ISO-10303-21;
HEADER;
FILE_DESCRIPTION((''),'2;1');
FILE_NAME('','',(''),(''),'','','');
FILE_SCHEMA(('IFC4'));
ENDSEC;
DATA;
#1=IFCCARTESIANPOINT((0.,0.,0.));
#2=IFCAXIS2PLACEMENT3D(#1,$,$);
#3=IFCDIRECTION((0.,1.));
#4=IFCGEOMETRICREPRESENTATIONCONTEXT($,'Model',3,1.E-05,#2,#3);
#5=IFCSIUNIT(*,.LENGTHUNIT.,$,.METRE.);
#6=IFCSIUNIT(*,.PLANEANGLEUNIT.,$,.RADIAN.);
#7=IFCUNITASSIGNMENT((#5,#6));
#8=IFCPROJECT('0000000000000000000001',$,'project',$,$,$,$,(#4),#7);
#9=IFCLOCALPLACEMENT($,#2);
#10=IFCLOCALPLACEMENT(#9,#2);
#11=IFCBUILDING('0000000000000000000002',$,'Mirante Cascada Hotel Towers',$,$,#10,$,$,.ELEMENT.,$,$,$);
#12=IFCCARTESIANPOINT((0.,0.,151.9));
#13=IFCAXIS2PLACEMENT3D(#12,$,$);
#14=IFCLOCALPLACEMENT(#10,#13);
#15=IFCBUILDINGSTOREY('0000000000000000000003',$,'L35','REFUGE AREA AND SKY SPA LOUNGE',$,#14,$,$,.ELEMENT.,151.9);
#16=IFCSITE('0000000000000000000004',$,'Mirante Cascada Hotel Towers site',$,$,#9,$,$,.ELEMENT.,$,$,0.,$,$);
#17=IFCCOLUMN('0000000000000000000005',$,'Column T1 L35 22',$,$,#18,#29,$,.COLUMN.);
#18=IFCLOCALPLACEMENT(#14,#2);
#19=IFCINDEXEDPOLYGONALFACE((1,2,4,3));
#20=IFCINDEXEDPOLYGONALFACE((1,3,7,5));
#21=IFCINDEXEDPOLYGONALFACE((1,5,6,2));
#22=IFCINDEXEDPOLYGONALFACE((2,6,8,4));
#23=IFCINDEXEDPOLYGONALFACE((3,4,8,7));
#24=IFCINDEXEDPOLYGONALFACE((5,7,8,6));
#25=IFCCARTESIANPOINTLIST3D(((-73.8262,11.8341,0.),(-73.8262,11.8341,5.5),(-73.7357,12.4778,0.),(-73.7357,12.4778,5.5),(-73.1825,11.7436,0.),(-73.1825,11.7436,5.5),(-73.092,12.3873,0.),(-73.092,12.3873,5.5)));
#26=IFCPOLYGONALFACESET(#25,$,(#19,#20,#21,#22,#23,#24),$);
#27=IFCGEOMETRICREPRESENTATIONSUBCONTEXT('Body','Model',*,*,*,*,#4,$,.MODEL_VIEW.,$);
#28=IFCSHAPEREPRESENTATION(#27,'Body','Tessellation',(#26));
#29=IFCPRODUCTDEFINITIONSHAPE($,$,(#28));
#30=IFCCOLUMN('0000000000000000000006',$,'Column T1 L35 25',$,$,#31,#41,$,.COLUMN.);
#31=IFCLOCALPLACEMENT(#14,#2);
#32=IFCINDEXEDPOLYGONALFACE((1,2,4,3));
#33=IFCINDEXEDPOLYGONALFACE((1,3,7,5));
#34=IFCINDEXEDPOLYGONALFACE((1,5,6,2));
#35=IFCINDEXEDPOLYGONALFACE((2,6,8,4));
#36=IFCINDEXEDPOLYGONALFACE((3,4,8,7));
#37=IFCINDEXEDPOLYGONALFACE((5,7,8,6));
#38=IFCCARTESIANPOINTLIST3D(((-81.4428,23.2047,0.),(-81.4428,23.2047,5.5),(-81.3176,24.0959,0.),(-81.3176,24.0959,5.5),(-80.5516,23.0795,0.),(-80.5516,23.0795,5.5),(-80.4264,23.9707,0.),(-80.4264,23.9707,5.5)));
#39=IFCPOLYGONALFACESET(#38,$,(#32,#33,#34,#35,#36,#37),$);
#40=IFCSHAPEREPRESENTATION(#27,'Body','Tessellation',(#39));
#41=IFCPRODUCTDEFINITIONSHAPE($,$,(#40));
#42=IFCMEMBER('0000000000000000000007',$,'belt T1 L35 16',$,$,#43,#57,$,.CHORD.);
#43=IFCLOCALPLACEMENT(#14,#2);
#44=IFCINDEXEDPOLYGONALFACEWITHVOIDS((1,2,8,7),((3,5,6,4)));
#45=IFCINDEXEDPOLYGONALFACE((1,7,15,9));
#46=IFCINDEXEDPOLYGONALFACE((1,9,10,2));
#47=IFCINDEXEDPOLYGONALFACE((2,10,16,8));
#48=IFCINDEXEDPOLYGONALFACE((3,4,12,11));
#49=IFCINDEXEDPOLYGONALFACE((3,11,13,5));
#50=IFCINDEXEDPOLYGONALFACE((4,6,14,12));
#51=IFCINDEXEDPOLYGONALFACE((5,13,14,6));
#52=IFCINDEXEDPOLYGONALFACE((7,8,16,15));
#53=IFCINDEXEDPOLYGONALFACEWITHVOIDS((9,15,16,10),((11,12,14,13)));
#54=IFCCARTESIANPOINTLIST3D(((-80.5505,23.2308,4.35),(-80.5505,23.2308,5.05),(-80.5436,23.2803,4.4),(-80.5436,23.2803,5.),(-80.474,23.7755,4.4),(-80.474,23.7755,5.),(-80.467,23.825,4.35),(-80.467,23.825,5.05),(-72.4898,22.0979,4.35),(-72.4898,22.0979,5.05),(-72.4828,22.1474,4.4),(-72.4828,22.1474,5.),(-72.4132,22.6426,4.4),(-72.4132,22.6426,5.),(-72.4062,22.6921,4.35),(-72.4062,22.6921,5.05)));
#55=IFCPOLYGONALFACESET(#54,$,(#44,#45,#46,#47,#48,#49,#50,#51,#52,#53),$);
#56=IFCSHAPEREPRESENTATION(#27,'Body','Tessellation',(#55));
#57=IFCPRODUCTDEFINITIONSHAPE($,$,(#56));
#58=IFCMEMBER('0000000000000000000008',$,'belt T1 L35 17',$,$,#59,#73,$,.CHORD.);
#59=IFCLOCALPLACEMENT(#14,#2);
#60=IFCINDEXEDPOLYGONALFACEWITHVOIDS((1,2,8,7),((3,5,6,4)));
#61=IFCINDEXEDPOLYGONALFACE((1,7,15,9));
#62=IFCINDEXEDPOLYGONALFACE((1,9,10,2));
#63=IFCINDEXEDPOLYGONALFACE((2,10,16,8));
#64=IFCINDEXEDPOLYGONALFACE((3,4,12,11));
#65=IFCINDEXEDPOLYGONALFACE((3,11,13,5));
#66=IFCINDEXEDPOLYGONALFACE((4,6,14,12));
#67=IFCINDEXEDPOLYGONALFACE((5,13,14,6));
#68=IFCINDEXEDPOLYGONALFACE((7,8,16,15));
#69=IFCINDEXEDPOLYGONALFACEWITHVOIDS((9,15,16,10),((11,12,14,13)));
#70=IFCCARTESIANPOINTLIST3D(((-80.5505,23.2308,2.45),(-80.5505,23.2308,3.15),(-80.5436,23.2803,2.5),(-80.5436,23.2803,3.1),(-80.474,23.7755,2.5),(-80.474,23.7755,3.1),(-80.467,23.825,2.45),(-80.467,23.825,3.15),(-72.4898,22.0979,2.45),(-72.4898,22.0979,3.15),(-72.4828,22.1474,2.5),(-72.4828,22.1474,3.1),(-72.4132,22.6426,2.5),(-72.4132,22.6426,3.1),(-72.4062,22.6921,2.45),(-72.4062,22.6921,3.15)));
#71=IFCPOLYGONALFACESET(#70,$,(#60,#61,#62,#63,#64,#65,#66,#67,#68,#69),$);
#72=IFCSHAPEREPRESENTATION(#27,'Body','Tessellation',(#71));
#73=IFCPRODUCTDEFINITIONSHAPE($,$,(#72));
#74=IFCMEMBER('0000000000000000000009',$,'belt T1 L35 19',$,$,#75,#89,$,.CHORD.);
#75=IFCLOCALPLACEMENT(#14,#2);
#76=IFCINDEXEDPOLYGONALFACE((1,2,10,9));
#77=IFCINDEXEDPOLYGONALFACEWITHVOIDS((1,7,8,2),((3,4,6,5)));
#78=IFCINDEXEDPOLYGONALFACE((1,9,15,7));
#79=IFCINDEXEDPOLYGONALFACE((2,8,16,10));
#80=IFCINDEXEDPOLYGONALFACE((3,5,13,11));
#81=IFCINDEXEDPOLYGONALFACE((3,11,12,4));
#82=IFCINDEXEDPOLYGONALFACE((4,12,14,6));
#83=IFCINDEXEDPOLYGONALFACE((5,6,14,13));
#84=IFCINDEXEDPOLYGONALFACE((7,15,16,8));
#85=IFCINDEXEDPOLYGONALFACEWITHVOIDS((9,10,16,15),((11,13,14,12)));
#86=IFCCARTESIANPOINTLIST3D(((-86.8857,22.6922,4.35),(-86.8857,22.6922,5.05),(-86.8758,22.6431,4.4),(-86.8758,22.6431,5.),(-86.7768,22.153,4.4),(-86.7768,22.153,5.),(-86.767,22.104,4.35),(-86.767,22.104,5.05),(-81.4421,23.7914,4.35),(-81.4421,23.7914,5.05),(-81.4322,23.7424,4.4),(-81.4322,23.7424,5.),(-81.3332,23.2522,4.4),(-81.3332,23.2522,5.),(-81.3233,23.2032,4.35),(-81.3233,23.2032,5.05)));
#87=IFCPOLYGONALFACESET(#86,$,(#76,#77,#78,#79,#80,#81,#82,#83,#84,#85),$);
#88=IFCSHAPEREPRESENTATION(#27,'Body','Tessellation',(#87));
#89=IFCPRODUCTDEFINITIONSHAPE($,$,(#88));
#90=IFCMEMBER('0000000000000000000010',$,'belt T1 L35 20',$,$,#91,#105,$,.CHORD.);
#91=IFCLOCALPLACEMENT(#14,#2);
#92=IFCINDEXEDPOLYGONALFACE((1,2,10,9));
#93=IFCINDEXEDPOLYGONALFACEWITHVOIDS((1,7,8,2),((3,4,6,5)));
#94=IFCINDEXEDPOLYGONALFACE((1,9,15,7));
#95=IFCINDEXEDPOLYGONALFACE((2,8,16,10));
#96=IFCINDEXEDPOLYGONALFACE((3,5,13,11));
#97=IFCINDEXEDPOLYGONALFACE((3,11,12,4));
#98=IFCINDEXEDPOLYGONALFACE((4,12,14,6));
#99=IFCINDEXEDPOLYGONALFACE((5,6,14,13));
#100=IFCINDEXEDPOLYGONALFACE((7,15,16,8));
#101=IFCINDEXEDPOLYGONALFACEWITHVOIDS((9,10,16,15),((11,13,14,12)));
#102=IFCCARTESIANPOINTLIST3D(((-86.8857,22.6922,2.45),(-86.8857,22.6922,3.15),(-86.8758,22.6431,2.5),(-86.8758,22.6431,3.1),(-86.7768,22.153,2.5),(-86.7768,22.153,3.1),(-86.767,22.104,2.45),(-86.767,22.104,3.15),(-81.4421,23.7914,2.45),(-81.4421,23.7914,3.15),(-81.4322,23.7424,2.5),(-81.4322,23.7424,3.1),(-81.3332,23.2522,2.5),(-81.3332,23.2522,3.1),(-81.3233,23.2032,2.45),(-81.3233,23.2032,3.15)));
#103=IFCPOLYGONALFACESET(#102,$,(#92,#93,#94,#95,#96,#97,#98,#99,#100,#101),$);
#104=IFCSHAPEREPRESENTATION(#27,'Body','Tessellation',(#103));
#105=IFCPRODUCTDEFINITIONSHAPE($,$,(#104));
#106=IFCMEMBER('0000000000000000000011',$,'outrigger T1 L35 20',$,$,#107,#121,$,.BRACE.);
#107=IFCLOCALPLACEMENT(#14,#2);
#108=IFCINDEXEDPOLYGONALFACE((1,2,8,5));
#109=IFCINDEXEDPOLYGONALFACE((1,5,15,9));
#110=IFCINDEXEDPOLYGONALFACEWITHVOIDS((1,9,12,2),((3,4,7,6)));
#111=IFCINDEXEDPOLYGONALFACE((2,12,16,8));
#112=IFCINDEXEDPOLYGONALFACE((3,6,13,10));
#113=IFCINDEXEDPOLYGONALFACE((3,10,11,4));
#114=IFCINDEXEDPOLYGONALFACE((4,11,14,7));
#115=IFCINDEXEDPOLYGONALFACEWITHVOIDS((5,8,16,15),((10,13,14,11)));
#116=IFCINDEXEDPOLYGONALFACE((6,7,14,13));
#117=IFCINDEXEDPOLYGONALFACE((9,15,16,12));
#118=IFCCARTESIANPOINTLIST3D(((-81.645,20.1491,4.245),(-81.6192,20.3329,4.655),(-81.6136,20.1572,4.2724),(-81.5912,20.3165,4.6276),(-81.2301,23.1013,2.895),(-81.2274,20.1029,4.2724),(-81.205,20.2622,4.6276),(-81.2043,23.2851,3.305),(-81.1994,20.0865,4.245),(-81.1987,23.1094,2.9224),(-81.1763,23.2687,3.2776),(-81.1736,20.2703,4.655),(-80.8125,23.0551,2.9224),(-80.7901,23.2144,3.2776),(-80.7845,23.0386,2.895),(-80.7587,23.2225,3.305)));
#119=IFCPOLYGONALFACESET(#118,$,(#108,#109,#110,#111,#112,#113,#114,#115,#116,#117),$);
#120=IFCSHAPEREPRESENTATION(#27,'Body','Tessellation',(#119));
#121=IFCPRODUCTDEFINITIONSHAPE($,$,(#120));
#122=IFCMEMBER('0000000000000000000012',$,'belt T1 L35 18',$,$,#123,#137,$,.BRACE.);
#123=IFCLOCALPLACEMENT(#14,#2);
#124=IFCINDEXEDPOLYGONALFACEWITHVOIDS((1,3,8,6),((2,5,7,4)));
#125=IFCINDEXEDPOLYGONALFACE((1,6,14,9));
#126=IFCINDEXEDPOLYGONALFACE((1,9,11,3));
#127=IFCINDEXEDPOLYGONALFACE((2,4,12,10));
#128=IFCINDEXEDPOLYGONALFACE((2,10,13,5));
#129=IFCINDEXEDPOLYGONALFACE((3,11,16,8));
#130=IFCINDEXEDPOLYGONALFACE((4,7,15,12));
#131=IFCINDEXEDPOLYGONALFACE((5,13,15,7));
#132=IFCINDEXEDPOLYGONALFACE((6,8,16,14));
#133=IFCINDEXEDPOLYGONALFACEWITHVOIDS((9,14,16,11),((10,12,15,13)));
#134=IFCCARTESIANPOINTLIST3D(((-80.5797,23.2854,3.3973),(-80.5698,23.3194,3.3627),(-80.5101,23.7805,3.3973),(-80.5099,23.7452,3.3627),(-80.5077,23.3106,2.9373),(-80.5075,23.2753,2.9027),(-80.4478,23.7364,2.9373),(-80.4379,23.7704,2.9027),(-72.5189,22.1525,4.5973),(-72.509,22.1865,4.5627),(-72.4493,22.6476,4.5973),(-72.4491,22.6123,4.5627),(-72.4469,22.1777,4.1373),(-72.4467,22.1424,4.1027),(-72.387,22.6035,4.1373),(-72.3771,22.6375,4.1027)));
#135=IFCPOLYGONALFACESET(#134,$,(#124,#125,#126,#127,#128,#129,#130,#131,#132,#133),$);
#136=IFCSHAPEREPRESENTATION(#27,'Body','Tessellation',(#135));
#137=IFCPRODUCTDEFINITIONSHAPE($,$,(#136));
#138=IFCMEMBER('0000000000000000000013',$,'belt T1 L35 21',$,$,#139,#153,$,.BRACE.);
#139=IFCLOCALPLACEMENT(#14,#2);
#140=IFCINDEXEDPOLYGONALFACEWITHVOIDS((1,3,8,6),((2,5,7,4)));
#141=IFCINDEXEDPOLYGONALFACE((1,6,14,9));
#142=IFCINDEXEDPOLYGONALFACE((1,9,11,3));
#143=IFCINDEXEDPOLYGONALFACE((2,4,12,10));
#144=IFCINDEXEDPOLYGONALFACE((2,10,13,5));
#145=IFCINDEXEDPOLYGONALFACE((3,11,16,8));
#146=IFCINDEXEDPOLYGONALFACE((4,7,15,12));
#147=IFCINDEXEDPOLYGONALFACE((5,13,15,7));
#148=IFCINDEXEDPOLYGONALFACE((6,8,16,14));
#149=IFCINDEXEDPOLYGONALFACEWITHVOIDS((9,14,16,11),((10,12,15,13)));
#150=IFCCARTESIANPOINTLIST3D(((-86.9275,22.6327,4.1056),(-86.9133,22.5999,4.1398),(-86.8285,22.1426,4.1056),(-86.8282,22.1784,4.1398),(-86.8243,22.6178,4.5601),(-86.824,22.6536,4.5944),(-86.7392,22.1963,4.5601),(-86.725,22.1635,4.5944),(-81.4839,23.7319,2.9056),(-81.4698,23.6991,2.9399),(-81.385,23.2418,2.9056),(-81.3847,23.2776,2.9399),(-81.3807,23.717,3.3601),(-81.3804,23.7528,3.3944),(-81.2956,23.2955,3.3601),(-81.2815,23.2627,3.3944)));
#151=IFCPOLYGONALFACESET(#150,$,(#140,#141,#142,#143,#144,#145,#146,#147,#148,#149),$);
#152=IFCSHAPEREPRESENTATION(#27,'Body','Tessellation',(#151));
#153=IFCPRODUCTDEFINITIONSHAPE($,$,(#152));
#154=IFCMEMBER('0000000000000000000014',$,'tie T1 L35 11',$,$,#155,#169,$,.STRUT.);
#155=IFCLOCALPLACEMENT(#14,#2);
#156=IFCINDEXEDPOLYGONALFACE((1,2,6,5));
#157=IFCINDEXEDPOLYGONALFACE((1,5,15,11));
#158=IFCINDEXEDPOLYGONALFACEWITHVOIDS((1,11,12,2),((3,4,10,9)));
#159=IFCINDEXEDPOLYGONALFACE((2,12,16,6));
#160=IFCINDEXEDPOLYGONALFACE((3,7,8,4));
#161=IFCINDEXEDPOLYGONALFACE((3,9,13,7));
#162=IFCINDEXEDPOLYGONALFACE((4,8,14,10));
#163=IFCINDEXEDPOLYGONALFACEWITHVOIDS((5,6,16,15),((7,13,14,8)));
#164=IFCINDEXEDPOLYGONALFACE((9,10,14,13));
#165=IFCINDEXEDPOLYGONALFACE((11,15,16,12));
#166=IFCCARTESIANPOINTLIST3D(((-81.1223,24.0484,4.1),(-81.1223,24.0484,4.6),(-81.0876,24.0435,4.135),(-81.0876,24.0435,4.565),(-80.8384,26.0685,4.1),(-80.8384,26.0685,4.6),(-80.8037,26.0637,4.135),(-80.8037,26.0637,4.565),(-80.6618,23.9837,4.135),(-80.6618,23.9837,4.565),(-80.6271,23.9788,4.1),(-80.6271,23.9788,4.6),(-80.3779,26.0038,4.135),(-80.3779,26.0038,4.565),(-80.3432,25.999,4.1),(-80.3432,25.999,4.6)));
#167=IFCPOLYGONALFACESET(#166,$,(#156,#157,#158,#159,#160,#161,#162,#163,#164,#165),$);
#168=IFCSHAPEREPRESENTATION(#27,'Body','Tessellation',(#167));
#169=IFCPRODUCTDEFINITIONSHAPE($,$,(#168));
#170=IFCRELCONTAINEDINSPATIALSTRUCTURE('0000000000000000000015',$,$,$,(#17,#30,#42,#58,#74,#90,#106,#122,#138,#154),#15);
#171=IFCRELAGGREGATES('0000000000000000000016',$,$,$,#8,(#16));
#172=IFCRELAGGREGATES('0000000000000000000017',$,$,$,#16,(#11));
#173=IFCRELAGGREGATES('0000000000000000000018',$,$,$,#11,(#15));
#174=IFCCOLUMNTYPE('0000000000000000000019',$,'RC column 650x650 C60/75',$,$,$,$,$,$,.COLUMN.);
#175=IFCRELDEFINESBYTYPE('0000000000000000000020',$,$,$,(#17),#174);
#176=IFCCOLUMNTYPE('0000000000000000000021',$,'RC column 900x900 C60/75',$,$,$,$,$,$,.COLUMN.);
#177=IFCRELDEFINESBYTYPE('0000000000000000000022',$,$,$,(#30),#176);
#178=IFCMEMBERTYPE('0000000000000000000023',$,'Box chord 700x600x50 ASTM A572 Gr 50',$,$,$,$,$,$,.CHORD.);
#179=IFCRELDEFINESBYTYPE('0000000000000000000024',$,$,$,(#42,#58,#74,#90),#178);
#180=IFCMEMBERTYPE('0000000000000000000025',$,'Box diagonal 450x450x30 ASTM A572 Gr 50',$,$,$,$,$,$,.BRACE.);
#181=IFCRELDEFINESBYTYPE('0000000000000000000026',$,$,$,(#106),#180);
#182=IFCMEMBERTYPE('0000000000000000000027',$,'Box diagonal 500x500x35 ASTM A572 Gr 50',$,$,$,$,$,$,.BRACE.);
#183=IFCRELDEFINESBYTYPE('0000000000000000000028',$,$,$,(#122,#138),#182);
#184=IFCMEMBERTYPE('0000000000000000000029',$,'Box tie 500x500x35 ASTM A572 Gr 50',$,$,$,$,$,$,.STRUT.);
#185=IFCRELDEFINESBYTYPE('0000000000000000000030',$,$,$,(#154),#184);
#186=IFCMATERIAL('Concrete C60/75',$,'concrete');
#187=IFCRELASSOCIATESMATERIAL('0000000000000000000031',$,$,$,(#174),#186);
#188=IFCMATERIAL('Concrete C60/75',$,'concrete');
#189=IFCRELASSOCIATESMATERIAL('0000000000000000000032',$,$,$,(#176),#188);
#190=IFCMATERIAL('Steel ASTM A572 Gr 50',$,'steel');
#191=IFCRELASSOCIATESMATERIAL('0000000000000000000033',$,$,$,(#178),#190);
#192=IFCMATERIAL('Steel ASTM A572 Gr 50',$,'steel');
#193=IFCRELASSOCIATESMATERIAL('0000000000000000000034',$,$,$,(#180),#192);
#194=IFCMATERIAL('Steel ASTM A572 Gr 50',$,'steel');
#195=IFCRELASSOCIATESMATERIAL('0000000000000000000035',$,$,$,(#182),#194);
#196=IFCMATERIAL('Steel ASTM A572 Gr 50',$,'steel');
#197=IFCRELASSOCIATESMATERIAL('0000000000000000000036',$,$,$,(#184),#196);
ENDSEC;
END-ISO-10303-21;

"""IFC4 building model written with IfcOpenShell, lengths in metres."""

from ifc_helpers import new_model, si_unit, direction, frame, origin, origin_2d, place, context, subcontext, project, spatial, rectangle, hollow_rectangle, extrude, material, material_profile, profile_set, type_object, element, save


model = new_model("IFC4")

# Units and contexts
model_context = context("Model", 3, precision=1e-05, world=origin(), true_north=direction((0.0, 1.0)))
body_context = subcontext(model_context, "Body", "Model", "MODEL_VIEW")
ifc_project = project(units=[si_unit("LENGTHUNIT", "METRE"), si_unit("PLANEANGLEUNIT", "RADIAN")], contexts=[model_context])

# Site, building, storey
site_placement = place(None, origin())
site = spatial("IfcSite", under=ifc_project, at=site_placement, Name="Mirante Cascada Hotel Towers site", CompositionType="ELEMENT", RefElevation=0.0)
building_placement = place(site_placement, origin())
building = spatial("IfcBuilding", under=site, at=building_placement, Name="Mirante Cascada Hotel Towers", CompositionType="ELEMENT")
storey_placement = place(building_placement, frame((0.0, 0.0, 151.9)))
storey = spatial("IfcBuildingStorey", under=building, at=storey_placement, Name="L35", Description="REFUGE AREA AND SKY SPA LOUNGE", CompositionType="ELEMENT", Elevation=151.9)

# Columns
ifc_material_1 = material(Name="Concrete C60/75", Category="concrete")
ifc_material_profile_1 = material_profile(ifc_material_1, rectangle(XDim=0.65, YDim=0.65, at=origin_2d()), Name="RC column 650x650 C60/75")
ifc_profile_set_1 = profile_set([ifc_material_profile_1], Name="Concrete C60/75")
column_type_1 = type_object("IfcColumnType", Name="RC column 650x650 C60/75", PredefinedType="COLUMN", material=ifc_profile_set_1)
column_1_placement = place(storey_placement, frame((-73.4591, 12.1107, 0.0), z_axis=(0.0, 0.0, 1.0), x_axis=(-0.990268, 0.139173, 0.0)))
element("IfcColumn", 1, at=column_1_placement, inside=storey, type_object=column_type_1, Name="Column T1 L35 22", PredefinedType="COLUMN", context=body_context, shape_type="SweptSolid", body=[
    extrude(rectangle(XDim=0.65, YDim=0.65, at=origin_2d()), origin(), (0.0, 0.0, 1.0), 5.5),
])
ifc_material_2 = material(Name="Concrete C60/75", Category="concrete")
ifc_material_profile_2 = material_profile(ifc_material_2, rectangle(XDim=0.9, YDim=0.9, at=origin_2d()), Name="RC column 900x900 C60/75")
ifc_profile_set_2 = profile_set([ifc_material_profile_2], Name="Concrete C60/75")
column_type_2 = type_object("IfcColumnType", Name="RC column 900x900 C60/75", PredefinedType="COLUMN", material=ifc_profile_set_2)
column_2_placement = place(storey_placement, frame((-80.9346, 23.5877, 0.0), z_axis=(0.0, 0.0, 1.0), x_axis=(-0.990268, 0.139173, 0.0)))
element("IfcColumn", 2, at=column_2_placement, inside=storey, type_object=column_type_2, Name="Column T1 L35 25", PredefinedType="COLUMN", context=body_context, shape_type="SweptSolid", body=[
    extrude(rectangle(XDim=0.9, YDim=0.9, at=origin_2d()), origin(), (0.0, 0.0, 1.0), 5.5),
])

# Members
ifc_material_3 = material(Name="Steel ASTM A572 Gr 50", Category="steel")
ifc_material_profile_3 = material_profile(ifc_material_3, hollow_rectangle(XDim=0.6, YDim=0.7, WallThickness=0.05, at=origin_2d()), Name="Box chord 700x600x50 ASTM A572 Gr 50")
ifc_profile_set_3 = profile_set([ifc_material_profile_3], Name="Steel ASTM A572 Gr 50")
member_type_1 = type_object("IfcMemberType", Name="Box chord 700x600x50 ASTM A572 Gr 50", PredefinedType="CHORD", material=ifc_profile_set_3)
for number, where, z_axis, x_axis, name in (
    (3, (-72.448, 22.395, 4.7), (-0.990268, 0.139177, 0.0), (-0.139177, -0.990268, 0.0), "belt T1 L35 16"),
    (4, (-72.448, 22.395, 2.8), (-0.990268, 0.139177, 0.0), (-0.139177, -0.990268, 0.0), "belt T1 L35 17"),
):
    element("IfcMember", number, at=place(storey_placement, frame(where, z_axis=z_axis, x_axis=x_axis)), inside=storey, type_object=member_type_1, Name=name, PredefinedType="CHORD", context=body_context, shape_type="SweptSolid", body=[
        extrude(hollow_rectangle(XDim=0.6, YDim=0.7, WallThickness=0.05, at=origin_2d()), origin(), (0.0, 0.0, 1.0), 8.14),
    ])
for number, where, z_axis, x_axis, name in (
    (5, (-81.3827, 23.4973, 4.7), (-0.980216, -0.19793, 0.0), (0.19793, -0.980216, 0.0), "belt T1 L35 19"),
    (6, (-81.3827, 23.4973, 2.8), (-0.980216, -0.19793, 0.0), (0.19793, -0.980216, 0.0), "belt T1 L35 20"),
):
    element("IfcMember", number, at=place(storey_placement, frame(where, z_axis=z_axis, x_axis=x_axis)), inside=storey, type_object=member_type_1, Name=name, PredefinedType="CHORD", context=body_context, shape_type="SweptSolid", body=[
        extrude(hollow_rectangle(XDim=0.6, YDim=0.7, WallThickness=0.05, at=origin_2d()), origin(), (0.0, 0.0, 1.0), 5.5535),
    ])
ifc_material_4 = material(Name="Steel ASTM A572 Gr 50", Category="steel")
ifc_material_profile_4 = material_profile(ifc_material_4, hollow_rectangle(XDim=0.45, YDim=0.45, WallThickness=0.03, at=origin_2d()), Name="Box diagonal 450x450x30 ASTM A572 Gr 50")
ifc_profile_set_4 = profile_set([ifc_material_profile_4], Name="Steel ASTM A572 Gr 50")
member_type_2 = type_object("IfcMemberType", Name="Box diagonal 450x450x30 ASTM A572 Gr 50", PredefinedType="BRACE", material=ifc_profile_set_4)
member_1_placement = place(storey_placement, frame((-81.4093, 20.2097, 4.45), z_axis=(0.126779, 0.902087, -0.412512), x_axis=(-0.990268, 0.139172, 0.0)))
element("IfcMember", 7, at=member_1_placement, inside=storey, type_object=member_type_2, Name="outrigger T1 L35 20", PredefinedType="BRACE", context=body_context, shape_type="SweptSolid", body=[
    extrude(hollow_rectangle(XDim=0.45, YDim=0.45, WallThickness=0.03, at=origin_2d()), origin(), (0.0, 0.0, 1.0), 3.2726),
])
ifc_material_5 = material(Name="Steel ASTM A572 Gr 50", Category="steel")
ifc_material_profile_5 = material_profile(ifc_material_5, hollow_rectangle(XDim=0.5, YDim=0.5, WallThickness=0.035, at=origin_2d()), Name="Box diagonal 500x500x35 ASTM A572 Gr 50")
ifc_profile_set_5 = profile_set([ifc_material_profile_5], Name="Steel ASTM A572 Gr 50")
member_type_3 = type_object("IfcMemberType", Name="Box diagonal 500x500x35 ASTM A572 Gr 50", PredefinedType="BRACE", material=ifc_profile_set_5)
member_2_placement = place(storey_placement, frame((-72.448, 22.395, 4.35), z_axis=(-0.979679, 0.137688, -0.145843), x_axis=(-0.139177, -0.990268, 0.0)))
element("IfcMember", 8, at=member_2_placement, inside=storey, type_object=member_type_3, Name="belt T1 L35 18", PredefinedType="BRACE", context=body_context, shape_type="SweptSolid", body=[
    extrude(hollow_rectangle(XDim=0.5, YDim=0.5, WallThickness=0.035, at=origin_2d()), origin(), (0.0, 0.0, 1.0), 8.228),
])
member_3_placement = place(storey_placement, frame((-81.3827, 23.4973, 3.15), z_axis=(-0.958104, -0.193465, 0.211207), x_axis=(0.19793, -0.980216, 0.0)))
element("IfcMember", 9, at=member_3_placement, inside=storey, type_object=member_type_3, Name="belt T1 L35 21", PredefinedType="BRACE", context=body_context, shape_type="SweptSolid", body=[
    extrude(hollow_rectangle(XDim=0.5, YDim=0.5, WallThickness=0.035, at=origin_2d()), origin(), (0.0, 0.0, 1.0), 5.6816),
])
ifc_material_6 = material(Name="Steel ASTM A572 Gr 50", Category="steel")
ifc_material_profile_6 = material_profile(ifc_material_6, hollow_rectangle(XDim=0.5, YDim=0.5, WallThickness=0.035, at=origin_2d()), Name="Box tie 500x500x35 ASTM A572 Gr 50")
ifc_profile_set_6 = profile_set([ifc_material_profile_6], Name="Steel ASTM A572 Gr 50")
member_type_4 = type_object("IfcMemberType", Name="Box tie 500x500x35 ASTM A572 Gr 50", PredefinedType="STRUT", material=ifc_profile_set_6)
member_4_placement = place(storey_placement, frame((-80.8747, 24.0136, 4.35), z_axis=(0.13917, 0.990268, 0.0), x_axis=(-0.990268, 0.13917, 0.0)))
element("IfcMember", 10, at=member_4_placement, inside=storey, type_object=member_type_4, Name="tie T1 L35 11", PredefinedType="STRUT", context=body_context, shape_type="SweptSolid", body=[
    extrude(hollow_rectangle(XDim=0.5, YDim=0.5, WallThickness=0.035, at=origin_2d()), origin(), (0.0, 0.0, 1.0), 2.04),
])

save(model, "model.ifc")
